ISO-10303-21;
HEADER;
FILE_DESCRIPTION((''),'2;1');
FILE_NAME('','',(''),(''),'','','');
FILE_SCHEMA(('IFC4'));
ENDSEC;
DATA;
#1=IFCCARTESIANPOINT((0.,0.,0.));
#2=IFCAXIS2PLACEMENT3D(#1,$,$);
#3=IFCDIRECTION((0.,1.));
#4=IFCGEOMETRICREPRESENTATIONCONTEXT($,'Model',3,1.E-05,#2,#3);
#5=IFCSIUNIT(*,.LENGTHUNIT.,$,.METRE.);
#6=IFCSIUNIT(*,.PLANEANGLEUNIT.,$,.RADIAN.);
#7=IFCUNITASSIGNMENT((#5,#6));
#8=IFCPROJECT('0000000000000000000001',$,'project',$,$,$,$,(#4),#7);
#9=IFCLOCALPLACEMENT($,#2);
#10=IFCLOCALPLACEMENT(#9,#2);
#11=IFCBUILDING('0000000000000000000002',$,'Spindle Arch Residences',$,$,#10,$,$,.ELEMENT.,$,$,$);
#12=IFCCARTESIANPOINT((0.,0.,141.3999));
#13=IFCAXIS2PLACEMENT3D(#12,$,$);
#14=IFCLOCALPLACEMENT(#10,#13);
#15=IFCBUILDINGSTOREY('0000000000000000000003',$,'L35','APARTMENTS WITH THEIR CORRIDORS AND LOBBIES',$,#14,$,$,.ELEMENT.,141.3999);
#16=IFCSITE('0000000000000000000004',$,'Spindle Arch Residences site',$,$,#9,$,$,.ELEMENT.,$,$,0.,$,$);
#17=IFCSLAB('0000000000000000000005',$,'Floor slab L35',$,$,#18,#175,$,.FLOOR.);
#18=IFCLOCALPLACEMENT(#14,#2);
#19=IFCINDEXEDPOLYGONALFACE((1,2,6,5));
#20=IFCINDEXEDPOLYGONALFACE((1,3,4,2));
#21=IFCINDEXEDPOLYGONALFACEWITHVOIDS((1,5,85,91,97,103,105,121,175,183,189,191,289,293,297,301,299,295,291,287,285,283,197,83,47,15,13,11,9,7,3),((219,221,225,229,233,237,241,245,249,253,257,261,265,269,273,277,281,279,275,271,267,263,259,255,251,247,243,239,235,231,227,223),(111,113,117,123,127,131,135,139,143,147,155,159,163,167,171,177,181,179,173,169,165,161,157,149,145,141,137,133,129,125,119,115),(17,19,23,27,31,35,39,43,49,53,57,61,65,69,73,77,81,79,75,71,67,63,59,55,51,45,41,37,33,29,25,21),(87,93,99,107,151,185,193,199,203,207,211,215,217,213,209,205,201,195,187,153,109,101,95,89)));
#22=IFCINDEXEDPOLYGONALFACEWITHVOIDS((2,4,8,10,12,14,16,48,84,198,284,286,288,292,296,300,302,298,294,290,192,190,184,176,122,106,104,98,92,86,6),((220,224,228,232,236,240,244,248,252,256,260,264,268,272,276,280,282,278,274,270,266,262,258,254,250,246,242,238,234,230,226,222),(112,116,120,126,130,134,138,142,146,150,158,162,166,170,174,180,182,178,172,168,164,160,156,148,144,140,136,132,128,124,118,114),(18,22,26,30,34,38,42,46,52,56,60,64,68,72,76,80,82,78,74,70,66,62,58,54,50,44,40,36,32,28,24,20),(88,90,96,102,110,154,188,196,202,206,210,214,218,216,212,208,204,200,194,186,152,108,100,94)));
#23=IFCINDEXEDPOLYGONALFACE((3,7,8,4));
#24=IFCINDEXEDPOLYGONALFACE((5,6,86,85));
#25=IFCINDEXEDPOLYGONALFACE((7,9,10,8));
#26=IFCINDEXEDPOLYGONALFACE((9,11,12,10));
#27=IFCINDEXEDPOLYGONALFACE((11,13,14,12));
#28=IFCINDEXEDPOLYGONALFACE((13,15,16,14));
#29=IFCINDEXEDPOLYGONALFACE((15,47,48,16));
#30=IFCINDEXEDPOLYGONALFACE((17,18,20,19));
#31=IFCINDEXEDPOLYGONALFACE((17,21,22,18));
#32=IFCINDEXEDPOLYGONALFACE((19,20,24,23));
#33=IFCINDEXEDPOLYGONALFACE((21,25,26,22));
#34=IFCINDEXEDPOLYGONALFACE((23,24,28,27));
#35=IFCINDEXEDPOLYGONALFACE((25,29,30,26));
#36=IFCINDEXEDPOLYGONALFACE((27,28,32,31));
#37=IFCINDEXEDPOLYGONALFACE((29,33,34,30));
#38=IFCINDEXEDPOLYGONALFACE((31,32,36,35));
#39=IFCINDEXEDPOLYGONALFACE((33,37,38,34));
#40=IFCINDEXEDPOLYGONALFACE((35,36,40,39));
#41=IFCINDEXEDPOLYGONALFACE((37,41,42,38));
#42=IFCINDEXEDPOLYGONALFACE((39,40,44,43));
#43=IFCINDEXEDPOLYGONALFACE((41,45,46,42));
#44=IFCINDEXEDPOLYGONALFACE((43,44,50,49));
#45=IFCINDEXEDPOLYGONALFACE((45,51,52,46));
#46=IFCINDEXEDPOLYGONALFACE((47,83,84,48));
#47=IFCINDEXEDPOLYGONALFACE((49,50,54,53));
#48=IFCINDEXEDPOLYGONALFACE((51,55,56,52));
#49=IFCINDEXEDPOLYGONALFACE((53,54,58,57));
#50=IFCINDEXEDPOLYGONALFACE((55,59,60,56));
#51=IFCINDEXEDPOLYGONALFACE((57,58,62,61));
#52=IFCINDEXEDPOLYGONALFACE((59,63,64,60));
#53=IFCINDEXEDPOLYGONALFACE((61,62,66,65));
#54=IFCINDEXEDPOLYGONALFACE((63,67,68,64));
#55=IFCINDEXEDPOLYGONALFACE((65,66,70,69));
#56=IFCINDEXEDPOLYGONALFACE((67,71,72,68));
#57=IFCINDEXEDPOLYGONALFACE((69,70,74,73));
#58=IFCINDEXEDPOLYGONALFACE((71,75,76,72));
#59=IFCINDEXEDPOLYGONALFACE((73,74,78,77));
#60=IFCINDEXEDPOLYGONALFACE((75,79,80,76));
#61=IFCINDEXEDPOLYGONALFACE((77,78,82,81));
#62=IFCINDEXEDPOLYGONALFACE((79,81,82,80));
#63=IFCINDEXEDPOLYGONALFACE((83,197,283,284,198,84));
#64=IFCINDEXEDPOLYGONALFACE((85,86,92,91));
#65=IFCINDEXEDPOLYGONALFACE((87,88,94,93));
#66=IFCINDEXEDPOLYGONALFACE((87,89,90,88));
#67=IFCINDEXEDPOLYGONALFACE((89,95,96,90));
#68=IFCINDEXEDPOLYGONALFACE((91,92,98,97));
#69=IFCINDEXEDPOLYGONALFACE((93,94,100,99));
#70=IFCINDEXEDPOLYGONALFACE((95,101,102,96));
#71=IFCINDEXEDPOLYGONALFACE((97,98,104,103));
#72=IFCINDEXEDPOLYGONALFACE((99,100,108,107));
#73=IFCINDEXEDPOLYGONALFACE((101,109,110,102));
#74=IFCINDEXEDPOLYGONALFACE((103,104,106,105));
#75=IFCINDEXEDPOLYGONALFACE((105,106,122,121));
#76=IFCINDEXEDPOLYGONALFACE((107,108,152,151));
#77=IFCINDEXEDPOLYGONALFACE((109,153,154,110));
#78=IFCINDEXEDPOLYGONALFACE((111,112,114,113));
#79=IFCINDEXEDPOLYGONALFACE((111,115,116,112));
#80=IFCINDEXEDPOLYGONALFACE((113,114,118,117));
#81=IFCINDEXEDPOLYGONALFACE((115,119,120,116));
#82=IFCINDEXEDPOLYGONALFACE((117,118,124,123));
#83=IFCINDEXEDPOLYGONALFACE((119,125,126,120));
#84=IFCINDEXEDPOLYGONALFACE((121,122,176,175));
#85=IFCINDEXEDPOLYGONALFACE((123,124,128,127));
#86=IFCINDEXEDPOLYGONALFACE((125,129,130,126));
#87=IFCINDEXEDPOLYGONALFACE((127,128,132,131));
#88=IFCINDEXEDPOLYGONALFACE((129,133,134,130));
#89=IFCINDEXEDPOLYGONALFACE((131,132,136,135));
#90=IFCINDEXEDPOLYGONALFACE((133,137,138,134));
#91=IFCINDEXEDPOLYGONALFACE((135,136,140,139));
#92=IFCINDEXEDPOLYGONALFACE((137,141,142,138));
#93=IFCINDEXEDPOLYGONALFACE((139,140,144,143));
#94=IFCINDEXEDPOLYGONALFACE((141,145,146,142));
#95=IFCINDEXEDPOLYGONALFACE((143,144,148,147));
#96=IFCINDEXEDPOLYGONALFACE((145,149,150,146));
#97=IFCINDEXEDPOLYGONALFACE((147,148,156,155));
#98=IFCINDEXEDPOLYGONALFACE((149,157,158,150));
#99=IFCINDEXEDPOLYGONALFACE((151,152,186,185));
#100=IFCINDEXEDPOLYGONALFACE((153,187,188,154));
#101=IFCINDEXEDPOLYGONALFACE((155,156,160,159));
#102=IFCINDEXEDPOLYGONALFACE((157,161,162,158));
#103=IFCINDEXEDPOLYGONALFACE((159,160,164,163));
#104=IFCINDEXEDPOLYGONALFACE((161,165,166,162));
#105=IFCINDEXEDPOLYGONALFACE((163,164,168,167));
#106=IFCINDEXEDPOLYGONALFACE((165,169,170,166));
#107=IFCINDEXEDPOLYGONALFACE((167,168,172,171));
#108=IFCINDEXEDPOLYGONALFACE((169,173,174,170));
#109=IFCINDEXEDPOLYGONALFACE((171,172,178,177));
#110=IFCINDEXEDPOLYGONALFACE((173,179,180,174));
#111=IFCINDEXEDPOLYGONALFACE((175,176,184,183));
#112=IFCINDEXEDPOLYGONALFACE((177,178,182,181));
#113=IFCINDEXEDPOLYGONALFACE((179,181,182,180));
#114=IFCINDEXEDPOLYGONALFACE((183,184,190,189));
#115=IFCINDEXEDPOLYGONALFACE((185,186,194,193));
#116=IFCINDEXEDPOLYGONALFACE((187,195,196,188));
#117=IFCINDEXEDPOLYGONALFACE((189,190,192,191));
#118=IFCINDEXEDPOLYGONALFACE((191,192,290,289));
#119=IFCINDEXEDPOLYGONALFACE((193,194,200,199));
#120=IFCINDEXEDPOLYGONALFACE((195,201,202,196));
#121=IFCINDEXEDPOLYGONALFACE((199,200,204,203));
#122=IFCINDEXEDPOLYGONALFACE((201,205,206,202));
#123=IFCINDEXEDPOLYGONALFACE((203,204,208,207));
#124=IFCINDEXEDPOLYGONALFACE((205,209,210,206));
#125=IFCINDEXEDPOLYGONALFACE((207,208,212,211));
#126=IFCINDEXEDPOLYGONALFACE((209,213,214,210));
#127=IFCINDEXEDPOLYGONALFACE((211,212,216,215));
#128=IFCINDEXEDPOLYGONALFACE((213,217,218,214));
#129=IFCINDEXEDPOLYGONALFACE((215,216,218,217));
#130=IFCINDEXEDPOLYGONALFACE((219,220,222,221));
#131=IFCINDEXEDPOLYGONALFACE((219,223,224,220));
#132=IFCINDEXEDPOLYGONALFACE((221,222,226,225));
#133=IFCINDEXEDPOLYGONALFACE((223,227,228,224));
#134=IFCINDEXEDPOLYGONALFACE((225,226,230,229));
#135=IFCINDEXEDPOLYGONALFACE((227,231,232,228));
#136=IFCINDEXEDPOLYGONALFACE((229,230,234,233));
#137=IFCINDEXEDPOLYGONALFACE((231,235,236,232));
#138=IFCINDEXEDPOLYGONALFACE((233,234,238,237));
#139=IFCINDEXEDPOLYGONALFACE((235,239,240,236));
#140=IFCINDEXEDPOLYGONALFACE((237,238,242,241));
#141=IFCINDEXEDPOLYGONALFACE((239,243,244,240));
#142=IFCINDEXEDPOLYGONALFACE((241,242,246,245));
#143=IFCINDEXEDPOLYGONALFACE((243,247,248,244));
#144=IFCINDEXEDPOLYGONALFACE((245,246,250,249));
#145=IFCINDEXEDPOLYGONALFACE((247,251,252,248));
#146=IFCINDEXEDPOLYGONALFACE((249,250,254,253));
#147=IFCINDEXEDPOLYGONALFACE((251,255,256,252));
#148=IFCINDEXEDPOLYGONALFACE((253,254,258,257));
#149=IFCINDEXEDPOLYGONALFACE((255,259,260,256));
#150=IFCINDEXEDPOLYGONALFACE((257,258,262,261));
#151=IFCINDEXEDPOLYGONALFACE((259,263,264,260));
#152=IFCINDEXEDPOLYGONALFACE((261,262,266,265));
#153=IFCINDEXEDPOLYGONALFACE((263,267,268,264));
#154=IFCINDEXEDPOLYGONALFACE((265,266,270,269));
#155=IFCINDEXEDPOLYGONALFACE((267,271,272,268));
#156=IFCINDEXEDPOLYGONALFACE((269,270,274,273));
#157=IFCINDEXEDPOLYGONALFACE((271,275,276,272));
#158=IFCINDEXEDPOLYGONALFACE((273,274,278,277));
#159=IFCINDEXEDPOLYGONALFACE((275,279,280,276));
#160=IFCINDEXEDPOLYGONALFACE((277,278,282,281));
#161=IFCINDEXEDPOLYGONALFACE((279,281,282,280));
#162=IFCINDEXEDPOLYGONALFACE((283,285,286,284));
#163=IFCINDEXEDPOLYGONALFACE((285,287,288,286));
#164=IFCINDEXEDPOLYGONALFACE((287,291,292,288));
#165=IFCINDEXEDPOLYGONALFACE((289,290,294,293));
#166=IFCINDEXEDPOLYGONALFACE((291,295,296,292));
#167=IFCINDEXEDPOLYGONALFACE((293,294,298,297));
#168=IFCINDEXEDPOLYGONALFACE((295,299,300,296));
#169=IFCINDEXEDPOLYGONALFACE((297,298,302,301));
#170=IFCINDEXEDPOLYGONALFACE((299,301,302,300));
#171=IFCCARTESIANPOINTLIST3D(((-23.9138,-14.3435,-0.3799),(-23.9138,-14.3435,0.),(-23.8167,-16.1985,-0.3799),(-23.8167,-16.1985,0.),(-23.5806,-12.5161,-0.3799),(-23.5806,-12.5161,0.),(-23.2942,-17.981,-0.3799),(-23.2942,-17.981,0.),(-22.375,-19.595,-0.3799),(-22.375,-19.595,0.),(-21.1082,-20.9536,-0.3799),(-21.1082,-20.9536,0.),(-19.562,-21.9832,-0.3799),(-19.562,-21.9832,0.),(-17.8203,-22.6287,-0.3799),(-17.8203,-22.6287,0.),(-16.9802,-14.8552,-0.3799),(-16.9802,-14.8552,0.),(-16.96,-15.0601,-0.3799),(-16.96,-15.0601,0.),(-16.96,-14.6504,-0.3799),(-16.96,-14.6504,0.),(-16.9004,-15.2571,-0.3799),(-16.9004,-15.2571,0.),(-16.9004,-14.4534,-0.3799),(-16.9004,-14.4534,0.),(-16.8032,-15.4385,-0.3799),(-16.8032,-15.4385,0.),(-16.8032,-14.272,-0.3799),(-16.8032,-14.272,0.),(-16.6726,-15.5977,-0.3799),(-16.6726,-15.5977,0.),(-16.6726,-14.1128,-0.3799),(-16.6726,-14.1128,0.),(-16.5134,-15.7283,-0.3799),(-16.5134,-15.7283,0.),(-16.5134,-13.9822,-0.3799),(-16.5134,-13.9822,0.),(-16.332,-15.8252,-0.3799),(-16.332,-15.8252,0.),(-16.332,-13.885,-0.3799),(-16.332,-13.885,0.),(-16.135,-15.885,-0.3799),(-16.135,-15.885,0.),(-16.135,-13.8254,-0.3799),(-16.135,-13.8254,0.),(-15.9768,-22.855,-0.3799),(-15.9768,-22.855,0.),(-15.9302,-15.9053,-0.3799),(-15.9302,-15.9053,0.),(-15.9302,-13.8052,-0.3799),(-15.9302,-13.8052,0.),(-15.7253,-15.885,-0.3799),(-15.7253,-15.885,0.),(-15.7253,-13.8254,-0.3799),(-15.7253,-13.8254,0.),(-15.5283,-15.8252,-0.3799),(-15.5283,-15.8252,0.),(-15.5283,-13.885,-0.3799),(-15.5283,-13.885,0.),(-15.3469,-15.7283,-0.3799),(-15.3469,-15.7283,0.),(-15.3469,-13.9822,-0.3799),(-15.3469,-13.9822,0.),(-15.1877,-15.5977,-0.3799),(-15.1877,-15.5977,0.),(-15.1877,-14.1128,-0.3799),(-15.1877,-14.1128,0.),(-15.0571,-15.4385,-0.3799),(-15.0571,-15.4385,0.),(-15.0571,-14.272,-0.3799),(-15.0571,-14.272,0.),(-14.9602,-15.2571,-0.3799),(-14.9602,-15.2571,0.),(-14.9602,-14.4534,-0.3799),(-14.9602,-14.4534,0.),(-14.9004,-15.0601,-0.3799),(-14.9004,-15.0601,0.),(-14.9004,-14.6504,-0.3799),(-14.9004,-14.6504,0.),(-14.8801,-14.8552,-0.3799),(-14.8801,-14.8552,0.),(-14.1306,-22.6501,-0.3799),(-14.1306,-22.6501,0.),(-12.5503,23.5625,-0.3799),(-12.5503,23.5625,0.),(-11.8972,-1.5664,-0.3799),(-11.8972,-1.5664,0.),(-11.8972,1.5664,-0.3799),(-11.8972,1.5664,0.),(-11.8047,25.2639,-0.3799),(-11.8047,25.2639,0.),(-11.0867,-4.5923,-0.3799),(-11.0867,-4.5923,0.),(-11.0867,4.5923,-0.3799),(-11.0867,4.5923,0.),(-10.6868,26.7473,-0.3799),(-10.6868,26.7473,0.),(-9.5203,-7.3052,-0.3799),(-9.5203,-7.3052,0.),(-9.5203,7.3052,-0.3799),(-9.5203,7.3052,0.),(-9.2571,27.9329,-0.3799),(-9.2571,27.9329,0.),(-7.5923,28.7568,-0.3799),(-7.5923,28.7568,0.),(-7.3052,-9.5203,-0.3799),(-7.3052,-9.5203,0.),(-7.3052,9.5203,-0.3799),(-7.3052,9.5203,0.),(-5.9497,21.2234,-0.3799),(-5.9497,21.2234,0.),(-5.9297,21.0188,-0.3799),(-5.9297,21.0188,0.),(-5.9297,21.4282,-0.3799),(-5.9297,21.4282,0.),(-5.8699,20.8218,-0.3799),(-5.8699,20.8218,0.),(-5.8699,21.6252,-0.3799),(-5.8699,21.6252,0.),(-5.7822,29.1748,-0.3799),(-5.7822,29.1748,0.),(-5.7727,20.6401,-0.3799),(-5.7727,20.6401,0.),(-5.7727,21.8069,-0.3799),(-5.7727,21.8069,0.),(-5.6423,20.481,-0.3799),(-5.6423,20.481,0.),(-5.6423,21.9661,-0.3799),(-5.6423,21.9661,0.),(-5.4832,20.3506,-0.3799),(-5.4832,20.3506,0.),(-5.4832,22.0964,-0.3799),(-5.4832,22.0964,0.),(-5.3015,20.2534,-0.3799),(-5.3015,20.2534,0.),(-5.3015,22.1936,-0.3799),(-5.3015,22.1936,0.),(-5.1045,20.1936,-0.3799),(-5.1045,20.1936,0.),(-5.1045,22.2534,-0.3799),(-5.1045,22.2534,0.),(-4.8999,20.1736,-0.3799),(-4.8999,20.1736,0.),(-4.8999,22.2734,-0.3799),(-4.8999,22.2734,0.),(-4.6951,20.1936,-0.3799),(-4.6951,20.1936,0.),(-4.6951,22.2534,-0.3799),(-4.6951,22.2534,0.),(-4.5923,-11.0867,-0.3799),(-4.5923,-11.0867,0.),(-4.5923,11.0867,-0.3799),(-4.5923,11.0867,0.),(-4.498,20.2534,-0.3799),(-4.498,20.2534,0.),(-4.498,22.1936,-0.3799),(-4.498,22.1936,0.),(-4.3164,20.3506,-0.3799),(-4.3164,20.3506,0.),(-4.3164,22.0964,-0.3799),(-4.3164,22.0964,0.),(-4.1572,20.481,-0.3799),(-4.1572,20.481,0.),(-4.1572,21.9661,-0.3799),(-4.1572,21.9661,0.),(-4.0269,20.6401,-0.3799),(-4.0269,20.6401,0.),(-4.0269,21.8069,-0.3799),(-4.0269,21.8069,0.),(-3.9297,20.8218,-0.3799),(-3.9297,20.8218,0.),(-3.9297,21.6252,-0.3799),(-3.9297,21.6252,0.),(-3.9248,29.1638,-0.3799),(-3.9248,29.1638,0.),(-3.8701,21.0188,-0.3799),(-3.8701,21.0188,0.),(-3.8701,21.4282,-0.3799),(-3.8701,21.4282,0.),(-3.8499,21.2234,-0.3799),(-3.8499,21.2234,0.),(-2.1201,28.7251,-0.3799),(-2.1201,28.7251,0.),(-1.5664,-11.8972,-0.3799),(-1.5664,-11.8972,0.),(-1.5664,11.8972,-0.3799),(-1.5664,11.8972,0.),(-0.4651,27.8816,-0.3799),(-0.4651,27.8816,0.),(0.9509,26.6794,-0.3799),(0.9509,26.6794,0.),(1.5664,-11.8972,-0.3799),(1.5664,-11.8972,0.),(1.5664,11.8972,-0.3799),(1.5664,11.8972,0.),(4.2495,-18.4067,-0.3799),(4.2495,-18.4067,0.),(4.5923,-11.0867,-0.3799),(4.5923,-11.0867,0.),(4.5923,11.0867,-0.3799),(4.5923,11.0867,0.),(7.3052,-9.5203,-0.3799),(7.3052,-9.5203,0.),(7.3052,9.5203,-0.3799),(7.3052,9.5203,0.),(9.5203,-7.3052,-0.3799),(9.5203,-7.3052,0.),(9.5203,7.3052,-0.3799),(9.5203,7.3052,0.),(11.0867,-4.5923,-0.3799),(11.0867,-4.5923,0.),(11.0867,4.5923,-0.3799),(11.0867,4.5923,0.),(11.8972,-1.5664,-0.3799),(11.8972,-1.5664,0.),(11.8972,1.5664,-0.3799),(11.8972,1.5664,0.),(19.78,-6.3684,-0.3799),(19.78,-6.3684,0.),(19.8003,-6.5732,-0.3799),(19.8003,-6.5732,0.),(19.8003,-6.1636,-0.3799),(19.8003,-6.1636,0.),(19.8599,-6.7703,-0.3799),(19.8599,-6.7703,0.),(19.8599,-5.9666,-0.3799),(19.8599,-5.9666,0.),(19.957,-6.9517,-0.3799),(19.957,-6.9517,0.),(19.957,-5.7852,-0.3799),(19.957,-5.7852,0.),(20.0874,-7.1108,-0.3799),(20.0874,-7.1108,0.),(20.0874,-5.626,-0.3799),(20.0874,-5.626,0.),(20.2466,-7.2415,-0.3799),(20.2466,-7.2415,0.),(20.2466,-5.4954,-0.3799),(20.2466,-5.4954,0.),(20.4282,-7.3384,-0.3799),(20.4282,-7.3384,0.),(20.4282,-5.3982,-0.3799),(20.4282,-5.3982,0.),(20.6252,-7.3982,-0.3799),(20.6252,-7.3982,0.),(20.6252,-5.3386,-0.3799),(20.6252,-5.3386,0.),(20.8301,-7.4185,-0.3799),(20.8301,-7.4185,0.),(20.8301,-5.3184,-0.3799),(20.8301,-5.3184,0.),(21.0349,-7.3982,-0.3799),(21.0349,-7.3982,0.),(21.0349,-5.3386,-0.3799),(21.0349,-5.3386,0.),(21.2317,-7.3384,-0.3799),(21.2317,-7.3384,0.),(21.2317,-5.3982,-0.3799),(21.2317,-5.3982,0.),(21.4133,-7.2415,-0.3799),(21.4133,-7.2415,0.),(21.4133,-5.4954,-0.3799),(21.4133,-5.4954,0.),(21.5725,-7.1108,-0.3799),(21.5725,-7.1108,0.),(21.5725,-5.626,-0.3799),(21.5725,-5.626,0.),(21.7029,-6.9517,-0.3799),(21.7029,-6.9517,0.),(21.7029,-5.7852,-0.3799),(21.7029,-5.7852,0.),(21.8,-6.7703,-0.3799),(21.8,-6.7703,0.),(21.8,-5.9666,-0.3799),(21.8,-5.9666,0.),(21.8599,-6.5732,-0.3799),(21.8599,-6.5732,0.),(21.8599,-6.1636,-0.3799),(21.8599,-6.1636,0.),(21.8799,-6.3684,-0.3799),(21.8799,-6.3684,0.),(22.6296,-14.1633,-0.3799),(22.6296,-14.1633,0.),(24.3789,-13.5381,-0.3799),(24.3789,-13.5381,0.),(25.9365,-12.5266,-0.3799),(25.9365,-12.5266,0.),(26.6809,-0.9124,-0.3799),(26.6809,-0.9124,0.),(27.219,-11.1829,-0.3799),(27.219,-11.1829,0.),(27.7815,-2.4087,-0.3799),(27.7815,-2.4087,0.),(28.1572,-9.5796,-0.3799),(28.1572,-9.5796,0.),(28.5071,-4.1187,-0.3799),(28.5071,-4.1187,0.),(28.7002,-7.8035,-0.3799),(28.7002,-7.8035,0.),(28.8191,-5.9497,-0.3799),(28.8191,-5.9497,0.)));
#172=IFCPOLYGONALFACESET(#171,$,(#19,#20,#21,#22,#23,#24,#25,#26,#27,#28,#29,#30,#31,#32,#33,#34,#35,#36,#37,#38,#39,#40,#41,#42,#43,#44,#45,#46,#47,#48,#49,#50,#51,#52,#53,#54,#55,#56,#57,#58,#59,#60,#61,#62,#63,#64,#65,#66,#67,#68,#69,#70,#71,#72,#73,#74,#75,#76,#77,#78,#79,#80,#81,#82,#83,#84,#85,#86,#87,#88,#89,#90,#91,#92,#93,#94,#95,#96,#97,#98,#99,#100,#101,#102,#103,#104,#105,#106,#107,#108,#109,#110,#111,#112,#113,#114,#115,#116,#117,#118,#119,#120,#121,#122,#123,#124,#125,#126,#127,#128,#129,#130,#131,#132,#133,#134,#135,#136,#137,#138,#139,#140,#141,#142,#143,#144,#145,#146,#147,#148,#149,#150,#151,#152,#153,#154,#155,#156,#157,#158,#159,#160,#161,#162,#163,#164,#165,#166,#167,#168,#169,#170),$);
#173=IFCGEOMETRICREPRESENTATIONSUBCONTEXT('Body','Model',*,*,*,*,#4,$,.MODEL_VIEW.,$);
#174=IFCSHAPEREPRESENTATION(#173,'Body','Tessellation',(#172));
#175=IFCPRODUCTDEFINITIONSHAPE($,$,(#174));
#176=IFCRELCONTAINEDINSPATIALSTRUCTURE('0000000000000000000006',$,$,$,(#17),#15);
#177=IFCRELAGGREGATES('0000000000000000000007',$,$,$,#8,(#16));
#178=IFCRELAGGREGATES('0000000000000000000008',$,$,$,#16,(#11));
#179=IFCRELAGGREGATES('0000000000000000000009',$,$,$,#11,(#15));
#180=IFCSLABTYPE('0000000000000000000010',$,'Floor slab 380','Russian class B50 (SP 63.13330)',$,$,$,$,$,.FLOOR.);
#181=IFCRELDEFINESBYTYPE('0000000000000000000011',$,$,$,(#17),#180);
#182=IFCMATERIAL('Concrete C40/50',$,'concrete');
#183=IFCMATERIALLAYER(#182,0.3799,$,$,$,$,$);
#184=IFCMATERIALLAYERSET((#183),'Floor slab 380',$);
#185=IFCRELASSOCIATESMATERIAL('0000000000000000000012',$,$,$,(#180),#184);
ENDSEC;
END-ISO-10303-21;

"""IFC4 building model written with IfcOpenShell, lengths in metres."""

from ifc_helpers import new_model, si_unit, direction, frame, origin, place, context, subcontext, project, spatial, polyline, outline, extrude, material, layer, layer_set, type_object, element, save


model = new_model("IFC4")

# Units and contexts
model_context = context("Model", 3, precision=1e-05, world=origin(), true_north=direction((0.0, 1.0)))
body_context = subcontext(model_context, "Body", "Model", "MODEL_VIEW")
ifc_project = project(units=[si_unit("LENGTHUNIT", "METRE"), si_unit("PLANEANGLEUNIT", "RADIAN")], contexts=[model_context])

# Site, building, storey
site_placement = place(None, origin())
site = spatial("IfcSite", under=ifc_project, at=site_placement, Name="Spindle Arch Residences site", CompositionType="ELEMENT", RefElevation=0.0)
building_placement = place(site_placement, origin())
building = spatial("IfcBuilding", under=site, at=building_placement, Name="Spindle Arch Residences", CompositionType="ELEMENT")
storey_placement = place(building_placement, frame((0.0, 0.0, 141.3999)))
storey = spatial("IfcBuildingStorey", under=building, at=storey_placement, Name="L35", Description="APARTMENTS WITH THEIR CORRIDORS AND LOBBIES", CompositionType="ELEMENT", Elevation=141.3999)

# Slab
ifc_material_1 = material(Name="Concrete C40/50", Category="concrete")
ifc_layer_1 = layer(ifc_material_1, 0.3799)
ifc_layer_set_1 = layer_set([ifc_layer_1], Name="Floor slab 380")
slab_type_1 = type_object("IfcSlabType", Name="Floor slab 380", Description="Russian class B50 (SP 63.13330)", PredefinedType="FLOOR", material=ifc_layer_set_1)
slab_1_placement = place(storey_placement, frame((0.0, 0.0, -0.3799)))
element("IfcSlab", 1, at=slab_1_placement, inside=storey, type_object=slab_type_1, Name="Floor slab L35", PredefinedType="FLOOR", context=body_context, shape_type="SweptSolid", body=[
    extrude(outline(polyline([(-15.9768, -22.855), (-17.8203, -22.6287), (-19.562, -21.9832), (-21.1082, -20.9536), (-22.375, -19.595), (-23.2942, -17.981), (-23.8167, -16.1985), (-23.9138, -14.3435), (-23.5806, -12.5161), (-12.5503, 23.5625), (-11.8047, 25.2639), (-10.6868, 26.7473), (-9.2571, 27.9329), (-7.5923, 28.7568), (-5.7822, 29.1748), (-3.9248, 29.1638), (-2.1201, 28.7251), (-0.4651, 27.8816), (0.9509, 26.6794), (26.6809, -0.9124), (27.7815, -2.4087), (28.5071, -4.1187), (28.8191, -5.9497), (28.7002, -7.8035), (28.1572, -9.5796), (27.219, -11.1829), (25.9365, -12.5266), (24.3789, -13.5381), (22.6296, -14.1633), (4.2495, -18.4067), (-14.1306, -22.6501), (-15.9768, -22.855)]), holes=[polyline([(7.3052, -9.5203), (9.5203, -7.3052), (11.0867, -4.5923), (11.8972, -1.5664), (11.8972, 1.5664), (11.0867, 4.5923), (9.5203, 7.3052), (7.3052, 9.5203), (4.5923, 11.0867), (1.5664, 11.8972), (-1.5664, 11.8972), (-4.5923, 11.0867), (-7.3052, 9.5203), (-9.5203, 7.3052), (-11.0867, 4.5923), (-11.8972, 1.5664), (-11.8972, -1.5664), (-11.0867, -4.5923), (-9.5203, -7.3052), (-7.3052, -9.5203), (-4.5923, -11.0867), (-1.5664, -11.8972), (1.5664, -11.8972), (4.5923, -11.0867), (7.3052, -9.5203)]), polyline([(-15.1877, -15.5977), (-15.0571, -15.4385), (-14.9602, -15.2571), (-14.9004, -15.0601), (-14.8801, -14.8552), (-14.9004, -14.6504), (-14.9602, -14.4534), (-15.0571, -14.272), (-15.1877, -14.1128), (-15.3469, -13.9822), (-15.5283, -13.885), (-15.7253, -13.8254), (-15.9302, -13.8052), (-16.135, -13.8254), (-16.332, -13.885), (-16.5134, -13.9822), (-16.6726, -14.1128), (-16.8032, -14.272), (-16.9004, -14.4534), (-16.96, -14.6504), (-16.9802, -14.8552), (-16.96, -15.0601), (-16.9004, -15.2571), (-16.8032, -15.4385), (-16.6726, -15.5977), (-16.5134, -15.7283), (-16.332, -15.8252), (-16.135, -15.885), (-15.9302, -15.9053), (-15.7253, -15.885), (-15.5283, -15.8252), (-15.3469, -15.7283), (-15.1877, -15.5977)]), polyline([(-4.0269, 20.6401), (-3.9297, 20.8218), (-3.8701, 21.0188), (-3.8499, 21.2234), (-3.8701, 21.4282), (-3.9297, 21.6252), (-4.0269, 21.8069), (-4.1572, 21.9661), (-4.3164, 22.0964), (-4.498, 22.1936), (-4.6951, 22.2534), (-4.8999, 22.2734), (-5.1045, 22.2534), (-5.3015, 22.1936), (-5.4832, 22.0964), (-5.6423, 21.9661), (-5.7727, 21.8069), (-5.8699, 21.6252), (-5.9297, 21.4282), (-5.9497, 21.2234), (-5.9297, 21.0188), (-5.8699, 20.8218), (-5.7727, 20.6401), (-5.6423, 20.481), (-5.4832, 20.3506), (-5.3015, 20.2534), (-5.1045, 20.1936), (-4.8999, 20.1736), (-4.6951, 20.1936), (-4.498, 20.2534), (-4.3164, 20.3506), (-4.1572, 20.481), (-4.0269, 20.6401)]), polyline([(21.7029, -6.9517), (21.8, -6.7703), (21.8599, -6.5732), (21.8799, -6.3684), (21.8599, -6.1636), (21.8, -5.9666), (21.7029, -5.7852), (21.5725, -5.626), (21.4133, -5.4954), (21.2317, -5.3982), (21.0349, -5.3386), (20.8301, -5.3184), (20.6252, -5.3386), (20.4282, -5.3982), (20.2466, -5.4954), (20.0874, -5.626), (19.957, -5.7852), (19.8599, -5.9666), (19.8003, -6.1636), (19.78, -6.3684), (19.8003, -6.5732), (19.8599, -6.7703), (19.957, -6.9517), (20.0874, -7.1108), (20.2466, -7.2415), (20.4282, -7.3384), (20.6252, -7.3982), (20.8301, -7.4185), (21.0349, -7.3982), (21.2317, -7.3384), (21.4133, -7.2415), (21.5725, -7.1108), (21.7029, -6.9517)])]), origin(), (0.0, 0.0, 1.0), 0.3799),
])

save(model, "model.ifc")
